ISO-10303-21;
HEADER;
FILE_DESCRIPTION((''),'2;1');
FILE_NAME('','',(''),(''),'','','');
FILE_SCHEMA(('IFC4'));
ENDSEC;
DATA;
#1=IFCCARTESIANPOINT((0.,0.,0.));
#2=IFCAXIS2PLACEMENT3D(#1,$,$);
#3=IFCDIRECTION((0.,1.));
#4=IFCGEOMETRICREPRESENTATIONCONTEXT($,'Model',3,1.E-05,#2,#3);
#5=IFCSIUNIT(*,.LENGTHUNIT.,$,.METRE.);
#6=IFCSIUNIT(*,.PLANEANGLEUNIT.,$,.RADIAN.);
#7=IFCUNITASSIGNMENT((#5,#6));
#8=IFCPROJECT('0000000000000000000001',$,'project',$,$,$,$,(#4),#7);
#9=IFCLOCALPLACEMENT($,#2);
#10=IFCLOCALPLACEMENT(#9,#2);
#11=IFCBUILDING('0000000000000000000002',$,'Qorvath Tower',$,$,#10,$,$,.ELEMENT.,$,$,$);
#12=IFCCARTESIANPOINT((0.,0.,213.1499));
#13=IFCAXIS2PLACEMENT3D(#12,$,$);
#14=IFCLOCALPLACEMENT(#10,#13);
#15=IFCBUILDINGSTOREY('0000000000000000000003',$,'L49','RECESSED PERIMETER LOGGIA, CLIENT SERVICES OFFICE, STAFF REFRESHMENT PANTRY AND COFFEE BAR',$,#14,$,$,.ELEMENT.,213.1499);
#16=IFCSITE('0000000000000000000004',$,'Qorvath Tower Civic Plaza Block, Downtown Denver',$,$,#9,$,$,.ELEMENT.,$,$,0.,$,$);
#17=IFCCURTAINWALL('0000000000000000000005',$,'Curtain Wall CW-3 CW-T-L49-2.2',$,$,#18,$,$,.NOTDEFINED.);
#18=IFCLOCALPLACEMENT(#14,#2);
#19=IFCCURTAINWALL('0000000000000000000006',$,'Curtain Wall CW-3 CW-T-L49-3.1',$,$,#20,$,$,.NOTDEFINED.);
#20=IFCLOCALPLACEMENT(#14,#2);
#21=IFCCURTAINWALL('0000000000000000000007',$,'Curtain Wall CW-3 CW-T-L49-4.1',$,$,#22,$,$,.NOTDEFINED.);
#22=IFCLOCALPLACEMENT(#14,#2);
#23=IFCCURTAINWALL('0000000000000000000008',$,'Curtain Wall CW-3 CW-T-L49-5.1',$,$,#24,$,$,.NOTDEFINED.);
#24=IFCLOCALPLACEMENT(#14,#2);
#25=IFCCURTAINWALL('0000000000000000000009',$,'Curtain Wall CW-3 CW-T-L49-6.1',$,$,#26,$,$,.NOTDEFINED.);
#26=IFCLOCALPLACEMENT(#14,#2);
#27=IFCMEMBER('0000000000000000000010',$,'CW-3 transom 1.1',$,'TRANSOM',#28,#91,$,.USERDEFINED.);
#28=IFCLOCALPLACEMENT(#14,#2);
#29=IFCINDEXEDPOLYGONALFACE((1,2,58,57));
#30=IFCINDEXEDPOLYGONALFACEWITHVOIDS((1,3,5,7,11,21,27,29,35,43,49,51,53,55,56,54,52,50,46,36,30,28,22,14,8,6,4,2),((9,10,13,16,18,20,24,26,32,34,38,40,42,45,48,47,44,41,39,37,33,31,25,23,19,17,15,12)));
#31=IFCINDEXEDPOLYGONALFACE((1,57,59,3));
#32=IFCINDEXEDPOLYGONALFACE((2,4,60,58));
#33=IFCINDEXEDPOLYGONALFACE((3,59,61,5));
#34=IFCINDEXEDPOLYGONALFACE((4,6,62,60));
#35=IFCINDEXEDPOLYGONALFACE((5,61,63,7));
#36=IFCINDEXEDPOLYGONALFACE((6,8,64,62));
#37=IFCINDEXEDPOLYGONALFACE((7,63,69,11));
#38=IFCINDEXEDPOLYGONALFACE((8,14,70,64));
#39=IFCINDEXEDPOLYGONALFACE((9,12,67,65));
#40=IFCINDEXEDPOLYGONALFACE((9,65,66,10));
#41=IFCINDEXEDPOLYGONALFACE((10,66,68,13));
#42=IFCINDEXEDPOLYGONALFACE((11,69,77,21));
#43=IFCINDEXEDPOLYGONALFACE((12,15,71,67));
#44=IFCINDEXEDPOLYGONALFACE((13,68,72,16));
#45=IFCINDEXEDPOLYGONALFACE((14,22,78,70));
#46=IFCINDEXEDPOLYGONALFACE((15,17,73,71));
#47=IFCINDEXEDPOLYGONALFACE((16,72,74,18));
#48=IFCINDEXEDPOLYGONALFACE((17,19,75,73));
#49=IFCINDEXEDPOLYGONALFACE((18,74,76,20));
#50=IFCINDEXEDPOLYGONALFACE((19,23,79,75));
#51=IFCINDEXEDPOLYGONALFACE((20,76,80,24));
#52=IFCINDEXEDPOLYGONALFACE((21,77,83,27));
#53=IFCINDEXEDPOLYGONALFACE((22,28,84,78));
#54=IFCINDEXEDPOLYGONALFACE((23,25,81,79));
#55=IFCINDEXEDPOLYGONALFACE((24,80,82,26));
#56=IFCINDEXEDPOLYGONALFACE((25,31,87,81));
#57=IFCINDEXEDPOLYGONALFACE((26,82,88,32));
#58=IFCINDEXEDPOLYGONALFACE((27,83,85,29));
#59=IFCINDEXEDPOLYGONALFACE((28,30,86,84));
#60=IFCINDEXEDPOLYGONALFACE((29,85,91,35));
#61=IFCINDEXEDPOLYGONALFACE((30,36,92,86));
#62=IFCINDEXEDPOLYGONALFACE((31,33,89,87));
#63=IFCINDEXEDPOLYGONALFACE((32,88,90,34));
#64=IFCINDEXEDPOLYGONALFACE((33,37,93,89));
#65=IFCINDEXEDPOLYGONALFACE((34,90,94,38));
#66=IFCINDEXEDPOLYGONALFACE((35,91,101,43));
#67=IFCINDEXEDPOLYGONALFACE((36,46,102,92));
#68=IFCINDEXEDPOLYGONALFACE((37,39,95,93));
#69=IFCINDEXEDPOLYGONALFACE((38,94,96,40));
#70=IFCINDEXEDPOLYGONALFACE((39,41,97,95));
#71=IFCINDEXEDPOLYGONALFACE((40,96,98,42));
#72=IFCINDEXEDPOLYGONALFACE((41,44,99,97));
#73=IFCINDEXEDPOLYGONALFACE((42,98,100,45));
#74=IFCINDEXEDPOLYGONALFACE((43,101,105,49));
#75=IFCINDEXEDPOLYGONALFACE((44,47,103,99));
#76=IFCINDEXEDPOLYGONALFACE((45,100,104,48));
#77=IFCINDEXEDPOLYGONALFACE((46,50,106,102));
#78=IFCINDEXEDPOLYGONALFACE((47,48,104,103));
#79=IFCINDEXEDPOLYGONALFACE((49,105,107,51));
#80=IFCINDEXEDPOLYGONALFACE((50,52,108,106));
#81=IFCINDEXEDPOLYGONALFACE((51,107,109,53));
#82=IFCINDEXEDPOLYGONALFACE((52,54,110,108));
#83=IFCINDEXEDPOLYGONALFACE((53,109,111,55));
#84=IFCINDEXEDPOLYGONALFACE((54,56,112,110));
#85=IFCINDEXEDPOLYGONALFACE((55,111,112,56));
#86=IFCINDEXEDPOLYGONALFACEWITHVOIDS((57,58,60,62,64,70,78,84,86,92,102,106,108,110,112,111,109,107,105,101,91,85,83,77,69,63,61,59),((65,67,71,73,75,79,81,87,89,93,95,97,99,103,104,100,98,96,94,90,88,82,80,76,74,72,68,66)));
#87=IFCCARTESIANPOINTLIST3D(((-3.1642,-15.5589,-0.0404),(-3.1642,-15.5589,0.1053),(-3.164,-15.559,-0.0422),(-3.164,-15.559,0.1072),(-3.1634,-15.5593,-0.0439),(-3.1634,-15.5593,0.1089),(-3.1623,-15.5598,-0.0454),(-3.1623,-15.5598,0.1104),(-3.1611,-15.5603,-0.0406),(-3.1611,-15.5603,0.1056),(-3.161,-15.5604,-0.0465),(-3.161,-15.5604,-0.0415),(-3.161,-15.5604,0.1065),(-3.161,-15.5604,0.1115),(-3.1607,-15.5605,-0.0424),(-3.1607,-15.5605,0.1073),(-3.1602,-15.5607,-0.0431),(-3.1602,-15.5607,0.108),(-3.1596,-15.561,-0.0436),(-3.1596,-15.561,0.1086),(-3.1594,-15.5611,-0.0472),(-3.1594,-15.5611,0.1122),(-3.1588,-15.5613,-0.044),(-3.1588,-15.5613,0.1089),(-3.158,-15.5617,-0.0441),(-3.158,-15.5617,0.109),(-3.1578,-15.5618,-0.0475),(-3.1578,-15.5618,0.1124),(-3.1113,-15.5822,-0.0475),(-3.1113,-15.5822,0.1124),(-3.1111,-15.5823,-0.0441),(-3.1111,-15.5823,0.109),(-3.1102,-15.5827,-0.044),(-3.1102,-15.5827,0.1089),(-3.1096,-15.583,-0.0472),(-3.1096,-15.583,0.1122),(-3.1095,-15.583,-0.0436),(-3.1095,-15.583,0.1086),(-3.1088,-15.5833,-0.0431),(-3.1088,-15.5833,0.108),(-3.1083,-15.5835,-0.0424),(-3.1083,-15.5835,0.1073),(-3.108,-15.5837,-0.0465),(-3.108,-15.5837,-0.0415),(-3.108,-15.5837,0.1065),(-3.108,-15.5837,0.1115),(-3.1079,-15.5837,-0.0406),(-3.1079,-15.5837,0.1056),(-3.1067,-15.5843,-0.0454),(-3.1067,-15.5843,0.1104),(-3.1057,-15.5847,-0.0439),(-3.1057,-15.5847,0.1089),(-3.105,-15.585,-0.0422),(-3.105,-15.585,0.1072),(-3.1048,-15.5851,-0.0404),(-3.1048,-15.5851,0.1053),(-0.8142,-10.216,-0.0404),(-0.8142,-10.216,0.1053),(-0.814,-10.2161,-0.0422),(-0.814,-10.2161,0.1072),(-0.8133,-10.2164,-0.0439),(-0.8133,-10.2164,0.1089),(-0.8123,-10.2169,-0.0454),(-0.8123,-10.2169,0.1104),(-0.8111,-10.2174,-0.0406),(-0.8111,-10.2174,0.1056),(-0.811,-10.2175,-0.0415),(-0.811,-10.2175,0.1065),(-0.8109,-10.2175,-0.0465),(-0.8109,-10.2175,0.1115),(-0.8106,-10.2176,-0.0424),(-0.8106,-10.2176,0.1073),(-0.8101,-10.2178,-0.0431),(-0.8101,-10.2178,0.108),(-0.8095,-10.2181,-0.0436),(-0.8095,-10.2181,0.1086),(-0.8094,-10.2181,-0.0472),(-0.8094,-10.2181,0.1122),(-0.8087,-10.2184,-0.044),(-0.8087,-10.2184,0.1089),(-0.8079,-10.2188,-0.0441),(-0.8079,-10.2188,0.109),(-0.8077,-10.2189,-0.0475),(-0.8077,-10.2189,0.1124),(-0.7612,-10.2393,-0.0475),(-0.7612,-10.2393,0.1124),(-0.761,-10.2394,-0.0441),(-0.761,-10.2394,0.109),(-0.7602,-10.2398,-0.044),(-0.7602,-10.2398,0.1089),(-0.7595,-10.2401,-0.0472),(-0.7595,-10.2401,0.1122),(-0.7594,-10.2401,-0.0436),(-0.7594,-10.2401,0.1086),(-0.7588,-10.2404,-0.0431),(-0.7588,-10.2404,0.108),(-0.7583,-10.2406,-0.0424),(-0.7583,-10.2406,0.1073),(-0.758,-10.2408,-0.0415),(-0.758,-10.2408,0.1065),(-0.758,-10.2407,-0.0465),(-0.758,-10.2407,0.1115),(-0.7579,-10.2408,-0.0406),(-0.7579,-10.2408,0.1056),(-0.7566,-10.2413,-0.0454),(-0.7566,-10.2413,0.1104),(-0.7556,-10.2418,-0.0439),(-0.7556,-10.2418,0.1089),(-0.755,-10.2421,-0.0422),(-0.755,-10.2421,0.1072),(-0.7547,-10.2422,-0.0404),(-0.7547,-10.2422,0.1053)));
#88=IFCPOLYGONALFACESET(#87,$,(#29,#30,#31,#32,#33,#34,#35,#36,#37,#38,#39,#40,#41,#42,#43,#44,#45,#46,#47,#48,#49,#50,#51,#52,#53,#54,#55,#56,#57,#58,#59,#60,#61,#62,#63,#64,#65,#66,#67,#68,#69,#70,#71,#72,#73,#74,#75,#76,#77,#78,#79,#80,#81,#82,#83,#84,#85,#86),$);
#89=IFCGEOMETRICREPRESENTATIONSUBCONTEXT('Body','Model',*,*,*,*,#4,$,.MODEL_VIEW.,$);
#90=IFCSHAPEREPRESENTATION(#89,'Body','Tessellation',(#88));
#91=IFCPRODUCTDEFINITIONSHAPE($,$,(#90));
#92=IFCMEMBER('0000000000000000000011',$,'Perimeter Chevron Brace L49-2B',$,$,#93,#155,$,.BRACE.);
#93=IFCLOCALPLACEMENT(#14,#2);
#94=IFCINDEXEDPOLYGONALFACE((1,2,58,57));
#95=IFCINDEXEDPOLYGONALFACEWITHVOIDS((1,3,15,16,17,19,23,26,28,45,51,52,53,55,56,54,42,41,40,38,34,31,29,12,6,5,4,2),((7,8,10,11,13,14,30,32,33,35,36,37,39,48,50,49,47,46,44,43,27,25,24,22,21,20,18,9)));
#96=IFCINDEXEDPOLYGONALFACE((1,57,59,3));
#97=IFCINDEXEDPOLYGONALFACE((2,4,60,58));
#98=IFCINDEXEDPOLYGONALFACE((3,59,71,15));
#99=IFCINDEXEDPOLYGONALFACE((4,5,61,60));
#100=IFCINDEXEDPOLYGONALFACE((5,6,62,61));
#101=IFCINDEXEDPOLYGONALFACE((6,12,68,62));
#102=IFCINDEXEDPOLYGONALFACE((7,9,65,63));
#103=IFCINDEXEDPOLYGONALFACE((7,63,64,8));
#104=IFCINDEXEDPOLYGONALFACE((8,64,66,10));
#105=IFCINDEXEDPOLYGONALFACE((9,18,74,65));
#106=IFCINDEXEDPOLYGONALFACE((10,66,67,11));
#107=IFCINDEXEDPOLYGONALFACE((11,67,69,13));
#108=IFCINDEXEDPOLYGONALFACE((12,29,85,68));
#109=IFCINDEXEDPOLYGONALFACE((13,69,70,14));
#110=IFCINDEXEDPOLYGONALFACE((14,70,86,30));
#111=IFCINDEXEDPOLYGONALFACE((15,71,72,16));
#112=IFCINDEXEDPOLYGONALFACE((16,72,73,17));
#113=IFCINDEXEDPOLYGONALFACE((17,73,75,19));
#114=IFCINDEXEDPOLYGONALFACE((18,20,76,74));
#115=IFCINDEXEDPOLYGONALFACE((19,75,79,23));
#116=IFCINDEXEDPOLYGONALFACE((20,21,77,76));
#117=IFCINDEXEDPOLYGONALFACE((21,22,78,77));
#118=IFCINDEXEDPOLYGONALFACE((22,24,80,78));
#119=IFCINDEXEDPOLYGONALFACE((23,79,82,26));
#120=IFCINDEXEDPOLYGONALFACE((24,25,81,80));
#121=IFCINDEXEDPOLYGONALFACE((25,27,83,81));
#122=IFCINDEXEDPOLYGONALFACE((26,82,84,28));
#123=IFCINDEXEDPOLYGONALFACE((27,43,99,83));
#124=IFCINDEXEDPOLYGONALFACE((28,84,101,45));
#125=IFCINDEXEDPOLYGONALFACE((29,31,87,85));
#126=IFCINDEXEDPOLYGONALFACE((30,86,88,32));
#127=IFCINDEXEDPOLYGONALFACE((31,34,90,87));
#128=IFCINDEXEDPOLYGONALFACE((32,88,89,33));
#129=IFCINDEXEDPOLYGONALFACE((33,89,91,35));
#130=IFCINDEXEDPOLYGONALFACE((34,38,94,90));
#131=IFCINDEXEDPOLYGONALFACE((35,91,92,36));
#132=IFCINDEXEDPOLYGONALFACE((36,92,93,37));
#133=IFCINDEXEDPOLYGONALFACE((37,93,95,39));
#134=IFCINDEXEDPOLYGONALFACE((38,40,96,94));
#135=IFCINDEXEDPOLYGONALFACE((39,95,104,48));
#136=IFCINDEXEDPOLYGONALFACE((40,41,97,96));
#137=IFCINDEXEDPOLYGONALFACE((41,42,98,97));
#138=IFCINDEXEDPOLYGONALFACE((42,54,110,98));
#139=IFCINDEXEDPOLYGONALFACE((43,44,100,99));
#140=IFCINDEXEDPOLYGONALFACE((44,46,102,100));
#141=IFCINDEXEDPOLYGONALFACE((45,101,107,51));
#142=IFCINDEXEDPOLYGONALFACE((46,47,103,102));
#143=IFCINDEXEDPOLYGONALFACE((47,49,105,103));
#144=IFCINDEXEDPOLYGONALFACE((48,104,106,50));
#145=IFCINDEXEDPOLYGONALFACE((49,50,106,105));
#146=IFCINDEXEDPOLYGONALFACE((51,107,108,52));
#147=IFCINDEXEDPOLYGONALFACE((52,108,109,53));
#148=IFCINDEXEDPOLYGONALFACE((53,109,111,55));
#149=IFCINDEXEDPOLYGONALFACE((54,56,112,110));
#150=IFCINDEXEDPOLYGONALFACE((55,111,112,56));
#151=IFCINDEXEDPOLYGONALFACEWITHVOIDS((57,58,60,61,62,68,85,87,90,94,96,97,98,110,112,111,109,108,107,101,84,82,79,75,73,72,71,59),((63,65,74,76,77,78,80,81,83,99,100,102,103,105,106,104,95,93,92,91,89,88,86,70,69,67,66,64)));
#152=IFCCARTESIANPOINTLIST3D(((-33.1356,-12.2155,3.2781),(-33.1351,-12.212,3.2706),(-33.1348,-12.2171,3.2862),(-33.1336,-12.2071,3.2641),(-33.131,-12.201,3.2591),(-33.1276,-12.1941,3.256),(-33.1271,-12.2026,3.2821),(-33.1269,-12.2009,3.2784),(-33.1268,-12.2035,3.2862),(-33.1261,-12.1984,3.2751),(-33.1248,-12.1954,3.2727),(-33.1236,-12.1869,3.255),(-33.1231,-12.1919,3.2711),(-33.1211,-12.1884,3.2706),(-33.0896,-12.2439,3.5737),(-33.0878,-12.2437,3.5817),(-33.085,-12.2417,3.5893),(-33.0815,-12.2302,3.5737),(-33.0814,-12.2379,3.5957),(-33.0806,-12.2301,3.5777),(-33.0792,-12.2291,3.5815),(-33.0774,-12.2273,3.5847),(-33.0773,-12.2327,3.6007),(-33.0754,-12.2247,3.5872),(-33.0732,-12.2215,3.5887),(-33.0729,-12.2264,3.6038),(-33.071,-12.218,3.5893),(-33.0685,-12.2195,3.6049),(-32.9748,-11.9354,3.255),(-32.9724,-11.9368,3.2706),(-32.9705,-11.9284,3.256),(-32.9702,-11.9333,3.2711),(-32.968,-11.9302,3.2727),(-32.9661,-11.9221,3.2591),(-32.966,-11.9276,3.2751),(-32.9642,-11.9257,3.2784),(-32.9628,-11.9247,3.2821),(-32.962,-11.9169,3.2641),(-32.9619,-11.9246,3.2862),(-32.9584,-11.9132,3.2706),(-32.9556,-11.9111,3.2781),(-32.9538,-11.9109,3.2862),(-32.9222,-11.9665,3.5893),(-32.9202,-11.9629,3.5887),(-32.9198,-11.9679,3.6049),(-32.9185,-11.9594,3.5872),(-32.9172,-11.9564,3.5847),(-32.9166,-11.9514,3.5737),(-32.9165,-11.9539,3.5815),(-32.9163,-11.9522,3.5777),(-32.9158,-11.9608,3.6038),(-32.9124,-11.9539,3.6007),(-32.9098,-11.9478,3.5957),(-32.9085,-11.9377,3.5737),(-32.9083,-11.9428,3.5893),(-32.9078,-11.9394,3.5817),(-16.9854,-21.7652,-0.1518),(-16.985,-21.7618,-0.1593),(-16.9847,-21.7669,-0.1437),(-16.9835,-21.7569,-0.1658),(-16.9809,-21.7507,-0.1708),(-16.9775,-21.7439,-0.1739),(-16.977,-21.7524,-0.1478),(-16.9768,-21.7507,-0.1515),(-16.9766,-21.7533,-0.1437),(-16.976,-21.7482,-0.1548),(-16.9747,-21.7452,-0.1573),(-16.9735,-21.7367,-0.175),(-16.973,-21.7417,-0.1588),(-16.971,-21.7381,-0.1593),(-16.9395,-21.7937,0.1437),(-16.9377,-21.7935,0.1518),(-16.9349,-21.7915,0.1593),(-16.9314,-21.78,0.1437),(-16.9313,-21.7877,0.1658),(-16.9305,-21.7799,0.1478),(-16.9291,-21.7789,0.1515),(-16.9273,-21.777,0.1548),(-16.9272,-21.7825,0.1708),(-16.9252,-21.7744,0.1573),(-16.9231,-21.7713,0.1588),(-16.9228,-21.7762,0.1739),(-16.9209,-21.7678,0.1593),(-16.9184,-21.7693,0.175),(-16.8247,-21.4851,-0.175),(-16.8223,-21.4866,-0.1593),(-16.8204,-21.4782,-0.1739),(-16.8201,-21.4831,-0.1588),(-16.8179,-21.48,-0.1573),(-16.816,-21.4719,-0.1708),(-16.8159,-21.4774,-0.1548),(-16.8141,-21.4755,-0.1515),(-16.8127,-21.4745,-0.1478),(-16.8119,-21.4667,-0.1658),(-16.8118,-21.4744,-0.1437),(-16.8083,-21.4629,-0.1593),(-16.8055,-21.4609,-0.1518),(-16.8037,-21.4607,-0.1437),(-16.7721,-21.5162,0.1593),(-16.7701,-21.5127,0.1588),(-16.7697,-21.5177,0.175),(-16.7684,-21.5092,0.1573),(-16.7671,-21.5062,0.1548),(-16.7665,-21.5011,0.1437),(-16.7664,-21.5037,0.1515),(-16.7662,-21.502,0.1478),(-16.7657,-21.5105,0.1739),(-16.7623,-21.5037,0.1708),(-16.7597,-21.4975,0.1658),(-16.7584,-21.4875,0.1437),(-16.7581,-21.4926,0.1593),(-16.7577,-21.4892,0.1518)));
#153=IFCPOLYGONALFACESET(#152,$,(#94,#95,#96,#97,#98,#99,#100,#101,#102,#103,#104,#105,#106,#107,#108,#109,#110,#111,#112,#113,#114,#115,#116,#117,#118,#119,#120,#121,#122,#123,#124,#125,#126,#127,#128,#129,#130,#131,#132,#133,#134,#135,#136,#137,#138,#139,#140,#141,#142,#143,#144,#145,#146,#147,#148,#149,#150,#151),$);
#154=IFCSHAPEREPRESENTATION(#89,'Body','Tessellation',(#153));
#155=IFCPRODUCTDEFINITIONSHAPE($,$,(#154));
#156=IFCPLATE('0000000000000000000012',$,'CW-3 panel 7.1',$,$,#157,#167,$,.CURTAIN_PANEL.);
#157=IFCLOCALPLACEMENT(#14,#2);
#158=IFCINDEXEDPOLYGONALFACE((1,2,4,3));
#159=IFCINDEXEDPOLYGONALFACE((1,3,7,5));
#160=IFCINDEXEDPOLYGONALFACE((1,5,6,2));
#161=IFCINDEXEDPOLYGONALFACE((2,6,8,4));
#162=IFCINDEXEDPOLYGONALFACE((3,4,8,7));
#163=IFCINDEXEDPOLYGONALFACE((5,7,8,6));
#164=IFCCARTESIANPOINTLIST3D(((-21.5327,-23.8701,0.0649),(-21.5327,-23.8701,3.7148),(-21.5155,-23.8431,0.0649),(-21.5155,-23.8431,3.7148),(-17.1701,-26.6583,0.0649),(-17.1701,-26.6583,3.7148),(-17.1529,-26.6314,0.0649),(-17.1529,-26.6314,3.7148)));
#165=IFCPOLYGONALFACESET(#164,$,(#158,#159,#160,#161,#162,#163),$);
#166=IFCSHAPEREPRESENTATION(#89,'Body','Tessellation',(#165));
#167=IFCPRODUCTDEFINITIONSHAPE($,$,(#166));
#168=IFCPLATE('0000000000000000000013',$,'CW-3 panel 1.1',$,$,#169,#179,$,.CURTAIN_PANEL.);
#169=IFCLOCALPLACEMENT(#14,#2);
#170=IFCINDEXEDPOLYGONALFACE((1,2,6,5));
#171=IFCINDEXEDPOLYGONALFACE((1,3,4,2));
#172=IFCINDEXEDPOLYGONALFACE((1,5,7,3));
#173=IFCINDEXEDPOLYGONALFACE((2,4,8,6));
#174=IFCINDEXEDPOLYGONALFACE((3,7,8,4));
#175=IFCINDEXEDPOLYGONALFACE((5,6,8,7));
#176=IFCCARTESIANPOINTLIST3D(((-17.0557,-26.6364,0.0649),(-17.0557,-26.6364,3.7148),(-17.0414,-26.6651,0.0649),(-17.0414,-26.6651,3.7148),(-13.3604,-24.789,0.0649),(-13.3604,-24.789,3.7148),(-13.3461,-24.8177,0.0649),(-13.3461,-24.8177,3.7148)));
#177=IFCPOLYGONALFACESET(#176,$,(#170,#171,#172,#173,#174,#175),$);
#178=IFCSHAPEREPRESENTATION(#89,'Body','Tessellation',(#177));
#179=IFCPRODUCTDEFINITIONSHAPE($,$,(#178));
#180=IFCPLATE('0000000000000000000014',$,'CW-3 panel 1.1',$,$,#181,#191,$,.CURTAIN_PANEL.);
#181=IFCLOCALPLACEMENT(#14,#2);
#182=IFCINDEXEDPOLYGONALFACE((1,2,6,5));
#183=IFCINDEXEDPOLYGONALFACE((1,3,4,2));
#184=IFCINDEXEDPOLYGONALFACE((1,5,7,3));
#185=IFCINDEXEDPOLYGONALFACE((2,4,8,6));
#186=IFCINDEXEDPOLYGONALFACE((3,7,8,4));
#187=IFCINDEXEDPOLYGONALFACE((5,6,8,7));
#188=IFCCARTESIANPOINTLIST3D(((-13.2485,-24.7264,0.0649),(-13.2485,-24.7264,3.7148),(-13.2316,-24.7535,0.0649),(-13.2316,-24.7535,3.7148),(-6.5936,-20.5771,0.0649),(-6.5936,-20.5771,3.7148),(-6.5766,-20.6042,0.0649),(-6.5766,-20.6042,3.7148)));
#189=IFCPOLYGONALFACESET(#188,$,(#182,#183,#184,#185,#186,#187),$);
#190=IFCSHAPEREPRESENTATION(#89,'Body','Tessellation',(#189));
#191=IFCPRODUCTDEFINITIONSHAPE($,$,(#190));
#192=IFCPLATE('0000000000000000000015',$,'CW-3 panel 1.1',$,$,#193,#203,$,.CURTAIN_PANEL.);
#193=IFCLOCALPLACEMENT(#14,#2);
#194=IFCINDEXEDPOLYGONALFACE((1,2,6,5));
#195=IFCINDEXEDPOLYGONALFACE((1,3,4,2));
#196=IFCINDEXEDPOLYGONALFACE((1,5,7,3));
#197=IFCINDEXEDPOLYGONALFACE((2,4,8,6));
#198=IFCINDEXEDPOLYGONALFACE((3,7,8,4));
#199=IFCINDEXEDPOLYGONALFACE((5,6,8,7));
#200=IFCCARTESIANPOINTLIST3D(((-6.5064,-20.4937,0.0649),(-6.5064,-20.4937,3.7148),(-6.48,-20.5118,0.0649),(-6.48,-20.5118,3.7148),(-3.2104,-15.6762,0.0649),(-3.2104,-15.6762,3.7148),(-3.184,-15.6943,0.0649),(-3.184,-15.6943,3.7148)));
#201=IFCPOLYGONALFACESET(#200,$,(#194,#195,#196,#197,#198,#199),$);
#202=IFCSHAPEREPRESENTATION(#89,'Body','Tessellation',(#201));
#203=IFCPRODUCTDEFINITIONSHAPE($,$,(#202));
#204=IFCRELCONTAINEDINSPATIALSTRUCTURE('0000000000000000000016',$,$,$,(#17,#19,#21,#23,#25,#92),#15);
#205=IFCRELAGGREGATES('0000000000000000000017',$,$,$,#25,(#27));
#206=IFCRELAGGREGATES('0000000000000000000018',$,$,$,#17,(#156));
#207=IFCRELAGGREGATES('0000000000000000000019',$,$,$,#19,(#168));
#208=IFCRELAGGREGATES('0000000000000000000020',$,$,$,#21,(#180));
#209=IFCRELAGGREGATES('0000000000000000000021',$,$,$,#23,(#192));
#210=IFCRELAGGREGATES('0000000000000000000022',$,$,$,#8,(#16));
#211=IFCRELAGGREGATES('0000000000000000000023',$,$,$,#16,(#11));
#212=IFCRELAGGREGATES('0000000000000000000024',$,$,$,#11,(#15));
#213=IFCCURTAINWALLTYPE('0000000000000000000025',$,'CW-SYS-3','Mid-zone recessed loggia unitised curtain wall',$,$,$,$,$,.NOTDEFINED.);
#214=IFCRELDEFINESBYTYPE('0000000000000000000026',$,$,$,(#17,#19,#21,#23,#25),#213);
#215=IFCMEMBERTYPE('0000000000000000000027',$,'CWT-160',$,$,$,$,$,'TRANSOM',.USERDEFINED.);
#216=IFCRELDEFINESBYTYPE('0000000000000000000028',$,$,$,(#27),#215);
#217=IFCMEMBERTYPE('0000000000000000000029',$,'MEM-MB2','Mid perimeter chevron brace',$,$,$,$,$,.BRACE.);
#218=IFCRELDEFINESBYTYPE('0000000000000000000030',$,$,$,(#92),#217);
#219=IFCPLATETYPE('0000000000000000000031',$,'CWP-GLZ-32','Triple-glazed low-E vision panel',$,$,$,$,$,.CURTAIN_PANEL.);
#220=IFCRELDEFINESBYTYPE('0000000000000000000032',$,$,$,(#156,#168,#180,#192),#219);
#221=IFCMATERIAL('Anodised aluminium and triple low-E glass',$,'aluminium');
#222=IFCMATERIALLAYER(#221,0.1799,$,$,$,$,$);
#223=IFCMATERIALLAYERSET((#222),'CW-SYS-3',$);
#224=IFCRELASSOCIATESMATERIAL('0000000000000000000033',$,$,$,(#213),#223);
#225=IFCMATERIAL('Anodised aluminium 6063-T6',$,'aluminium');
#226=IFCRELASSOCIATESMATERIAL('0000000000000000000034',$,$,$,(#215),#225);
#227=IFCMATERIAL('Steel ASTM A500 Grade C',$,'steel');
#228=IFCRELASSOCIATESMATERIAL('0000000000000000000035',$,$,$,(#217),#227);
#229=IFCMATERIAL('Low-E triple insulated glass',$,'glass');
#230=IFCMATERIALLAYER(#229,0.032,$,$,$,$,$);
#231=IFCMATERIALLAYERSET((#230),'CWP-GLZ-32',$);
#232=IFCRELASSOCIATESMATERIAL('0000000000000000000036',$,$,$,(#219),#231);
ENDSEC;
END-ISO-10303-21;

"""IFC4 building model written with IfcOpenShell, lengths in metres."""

from ifc_helpers import new_model, si_unit, direction, frame, origin, origin_2d, place, context, subcontext, project, spatial, rectangle, hollow_rectangle, extrude, material, layer, layer_set, material_profile, profile_set, type_object, element, aggregate, save


model = new_model("IFC4")

# Units and contexts
model_context = context("Model", 3, precision=1e-05, world=origin(), true_north=direction((0.0, 1.0)))
body_context = subcontext(model_context, "Body", "Model", "MODEL_VIEW")
ifc_project = project(units=[si_unit("LENGTHUNIT", "METRE"), si_unit("PLANEANGLEUNIT", "RADIAN")], contexts=[model_context])

# Site, building, storey
site_placement = place(None, origin())
site = spatial("IfcSite", under=ifc_project, at=site_placement, Name="Qorvath Tower Civic Plaza Block, Downtown Denver", CompositionType="ELEMENT", RefElevation=0.0)
building_placement = place(site_placement, origin())
building = spatial("IfcBuilding", under=site, at=building_placement, Name="Qorvath Tower", CompositionType="ELEMENT")
storey_placement = place(building_placement, frame((0.0, 0.0, 213.1499)))
storey = spatial("IfcBuildingStorey", under=building, at=storey_placement, Name="L49", Description="RECESSED PERIMETER LOGGIA, CLIENT SERVICES OFFICE, STAFF REFRESHMENT PANTRY AND COFFEE BAR", CompositionType="ELEMENT", Elevation=213.1499)

# Curtain wall
ifc_material_1 = material(Name="Anodised aluminium and triple low-E glass", Category="aluminium")
ifc_layer_1 = layer(ifc_material_1, 0.1799)
ifc_layer_set_1 = layer_set([ifc_layer_1], Name="CW-SYS-3")
curtain_wall_type = type_object("IfcCurtainWallType", Name="CW-SYS-3", Description="Mid-zone recessed loggia unitised curtain wall", PredefinedType="NOTDEFINED", material=ifc_layer_set_1)
curtain_wall_1_placement = place(storey_placement, origin())
curtain_wall_1 = element("IfcCurtainWall", 1, at=curtain_wall_1_placement, inside=storey, type_object=curtain_wall_type, Name="Curtain Wall CW-3 CW-T-L49-2.2", PredefinedType="NOTDEFINED")

# Curtain walls
curtain_wall_2_placement = place(storey_placement, origin())
curtain_wall_2 = element("IfcCurtainWall", 2, at=curtain_wall_2_placement, inside=storey, type_object=curtain_wall_type, Name="Curtain Wall CW-3 CW-T-L49-3.1", PredefinedType="NOTDEFINED")
curtain_wall_3_placement = place(storey_placement, origin())
curtain_wall_3 = element("IfcCurtainWall", 3, at=curtain_wall_3_placement, inside=storey, type_object=curtain_wall_type, Name="Curtain Wall CW-3 CW-T-L49-4.1", PredefinedType="NOTDEFINED")
curtain_wall_4_placement = place(storey_placement, origin())
curtain_wall_4 = element("IfcCurtainWall", 4, at=curtain_wall_4_placement, inside=storey, type_object=curtain_wall_type, Name="Curtain Wall CW-3 CW-T-L49-5.1", PredefinedType="NOTDEFINED")

# Curtain wall
curtain_wall_5_placement = place(storey_placement, origin())
curtain_wall_5 = element("IfcCurtainWall", 5, at=curtain_wall_5_placement, inside=storey, type_object=curtain_wall_type, Name="Curtain Wall CW-3 CW-T-L49-6.1", PredefinedType="NOTDEFINED")

# Members
ifc_material_2 = material(Name="Anodised aluminium 6063-T6", Category="aluminium")
ifc_material_profile_1 = material_profile(ifc_material_2, hollow_rectangle(XDim=0.0649, YDim=0.1599, WallThickness=0.0034, InnerFilletRadius=0.0034, OuterFilletRadius=0.0071, at=origin_2d()), Name="CWT 160x65")
ifc_profile_set_1 = profile_set([ifc_material_profile_1], Name="Anodised aluminium 6063-T6")
member_type_1 = type_object("IfcMemberType", Name="CWT-160", ElementType="TRANSOM", PredefinedType="USERDEFINED", material=ifc_profile_set_1)
member_1_placement = place(storey_placement, frame((-3.1345, -15.572, 0.0325), z_axis=(0.402619, 0.915367, 0.0), x_axis=(-0.915367, 0.402619, 0.0)))
member_1 = element("IfcMember", 6, at=member_1_placement, type_object=member_type_1, Name="CW-3 transom 1.1", ObjectType="TRANSOM", PredefinedType="USERDEFINED", context=body_context, shape_type="SweptSolid", body=[
    extrude(hollow_rectangle(XDim=0.0649, YDim=0.1599, WallThickness=0.0034, InnerFilletRadius=0.0034, OuterFilletRadius=0.0071, at=origin_2d()), origin(), (0.0, 0.0, 1.0), 5.8369),
])
aggregate(curtain_wall_5, [member_1])
ifc_material_3 = material(Name="Steel ASTM A500 Grade C", Category="steel")
ifc_material_profile_2 = material_profile(ifc_material_3, hollow_rectangle(XDim=0.3557, YDim=0.3557, WallThickness=0.0159, InnerFilletRadius=0.0159, OuterFilletRadius=0.0317, at=origin_2d()), Name="HSS 356x356x16")
ifc_profile_set_2 = profile_set([ifc_material_profile_2], Name="Steel ASTM A500 Grade C")
member_type_2 = type_object("IfcMemberType", Name="MEM-MB2", Description="Mid perimeter chevron brace", PredefinedType="BRACE", material=ifc_profile_set_2)
member_2_placement = place(storey_placement, frame((-16.8716, -21.6272, 0.0), z_axis=(-0.846741, 0.50069, 0.179829), x_axis=(-0.508988, -0.860774, 0.0)))
element("IfcMember", 7, at=member_2_placement, inside=storey, type_object=member_type_2, Name="Perimeter Chevron Brace L49-2B", PredefinedType="BRACE", context=body_context, shape_type="SweptSolid", body=[
    extrude(hollow_rectangle(XDim=0.3557, YDim=0.3557, WallThickness=0.0159, InnerFilletRadius=0.0159, OuterFilletRadius=0.0317, at=origin_2d()), origin(), (0.0, 0.0, 1.0), 19.0732),
])

# Plates
ifc_material_4 = material(Name="Low-E triple insulated glass", Category="glass")
ifc_layer_2 = layer(ifc_material_4, 0.032)
ifc_layer_set_2 = layer_set([ifc_layer_2], Name="CWP-GLZ-32")
plate_type_1 = type_object("IfcPlateType", Name="CWP-GLZ-32", Description="Triple-glazed low-E vision panel", PredefinedType="CURTAIN_PANEL", material=ifc_layer_set_2)
plate_1_placement = place(storey_placement, frame((-19.3428, -25.2507, 0.0649), z_axis=(0.0, 0.0, 1.0), x_axis=(0.842605, -0.538533, 0.0)))
plate_1 = element("IfcPlate", 8, at=plate_1_placement, type_object=plate_type_1, Name="CW-3 panel 7.1", PredefinedType="CURTAIN_PANEL", context=body_context, shape_type="SweptSolid", body=[
    extrude(rectangle(XDim=5.1775, YDim=0.032, at=origin_2d()), origin(), (0.0, 0.0, 1.0), 3.6499),
])
aggregate(curtain_wall_1, [plate_1])
plate_2_placement = place(storey_placement, frame((-15.2009, -25.7271, 0.0649), z_axis=(0.0, 0.0, 1.0), x_axis=(0.894451, 0.447167, 0.0)))
plate_2 = element("IfcPlate", 9, at=plate_2_placement, type_object=plate_type_1, Name="CW-3 panel 1.1", PredefinedType="CURTAIN_PANEL", context=body_context, shape_type="SweptSolid", body=[
    extrude(rectangle(XDim=4.1313, YDim=0.032, at=origin_2d()), origin(), (0.0, 0.0, 1.0), 3.6499),
])
aggregate(curtain_wall_2, [plate_2])
plate_3_placement = place(storey_placement, frame((-9.9126, -22.6653, 0.0649), z_axis=(0.0, 0.0, 1.0), x_axis=(0.848576, 0.529074, 0.0)))
plate_3 = element("IfcPlate", 10, at=plate_3_placement, type_object=plate_type_1, Name="CW-3 panel 1.1", PredefinedType="CURTAIN_PANEL", context=body_context, shape_type="SweptSolid", body=[
    extrude(rectangle(XDim=7.8425, YDim=0.032, at=origin_2d()), origin(), (0.0, 0.0, 1.0), 3.6499),
])
aggregate(curtain_wall_3, [plate_3])
plate_4_placement = place(storey_placement, frame((-4.8452, -18.094, 0.0649), z_axis=(0.0, 0.0, 1.0), x_axis=(0.564661, 0.825323, 0.0)))
plate_4 = element("IfcPlate", 11, at=plate_4_placement, type_object=plate_type_1, Name="CW-3 panel 1.1", PredefinedType="CURTAIN_PANEL", context=body_context, shape_type="SweptSolid", body=[
    extrude(rectangle(XDim=5.8372, YDim=0.032, at=origin_2d()), origin(), (0.0, 0.0, 1.0), 3.6499),
])
aggregate(curtain_wall_4, [plate_4])

save(model, "model.ifc")
